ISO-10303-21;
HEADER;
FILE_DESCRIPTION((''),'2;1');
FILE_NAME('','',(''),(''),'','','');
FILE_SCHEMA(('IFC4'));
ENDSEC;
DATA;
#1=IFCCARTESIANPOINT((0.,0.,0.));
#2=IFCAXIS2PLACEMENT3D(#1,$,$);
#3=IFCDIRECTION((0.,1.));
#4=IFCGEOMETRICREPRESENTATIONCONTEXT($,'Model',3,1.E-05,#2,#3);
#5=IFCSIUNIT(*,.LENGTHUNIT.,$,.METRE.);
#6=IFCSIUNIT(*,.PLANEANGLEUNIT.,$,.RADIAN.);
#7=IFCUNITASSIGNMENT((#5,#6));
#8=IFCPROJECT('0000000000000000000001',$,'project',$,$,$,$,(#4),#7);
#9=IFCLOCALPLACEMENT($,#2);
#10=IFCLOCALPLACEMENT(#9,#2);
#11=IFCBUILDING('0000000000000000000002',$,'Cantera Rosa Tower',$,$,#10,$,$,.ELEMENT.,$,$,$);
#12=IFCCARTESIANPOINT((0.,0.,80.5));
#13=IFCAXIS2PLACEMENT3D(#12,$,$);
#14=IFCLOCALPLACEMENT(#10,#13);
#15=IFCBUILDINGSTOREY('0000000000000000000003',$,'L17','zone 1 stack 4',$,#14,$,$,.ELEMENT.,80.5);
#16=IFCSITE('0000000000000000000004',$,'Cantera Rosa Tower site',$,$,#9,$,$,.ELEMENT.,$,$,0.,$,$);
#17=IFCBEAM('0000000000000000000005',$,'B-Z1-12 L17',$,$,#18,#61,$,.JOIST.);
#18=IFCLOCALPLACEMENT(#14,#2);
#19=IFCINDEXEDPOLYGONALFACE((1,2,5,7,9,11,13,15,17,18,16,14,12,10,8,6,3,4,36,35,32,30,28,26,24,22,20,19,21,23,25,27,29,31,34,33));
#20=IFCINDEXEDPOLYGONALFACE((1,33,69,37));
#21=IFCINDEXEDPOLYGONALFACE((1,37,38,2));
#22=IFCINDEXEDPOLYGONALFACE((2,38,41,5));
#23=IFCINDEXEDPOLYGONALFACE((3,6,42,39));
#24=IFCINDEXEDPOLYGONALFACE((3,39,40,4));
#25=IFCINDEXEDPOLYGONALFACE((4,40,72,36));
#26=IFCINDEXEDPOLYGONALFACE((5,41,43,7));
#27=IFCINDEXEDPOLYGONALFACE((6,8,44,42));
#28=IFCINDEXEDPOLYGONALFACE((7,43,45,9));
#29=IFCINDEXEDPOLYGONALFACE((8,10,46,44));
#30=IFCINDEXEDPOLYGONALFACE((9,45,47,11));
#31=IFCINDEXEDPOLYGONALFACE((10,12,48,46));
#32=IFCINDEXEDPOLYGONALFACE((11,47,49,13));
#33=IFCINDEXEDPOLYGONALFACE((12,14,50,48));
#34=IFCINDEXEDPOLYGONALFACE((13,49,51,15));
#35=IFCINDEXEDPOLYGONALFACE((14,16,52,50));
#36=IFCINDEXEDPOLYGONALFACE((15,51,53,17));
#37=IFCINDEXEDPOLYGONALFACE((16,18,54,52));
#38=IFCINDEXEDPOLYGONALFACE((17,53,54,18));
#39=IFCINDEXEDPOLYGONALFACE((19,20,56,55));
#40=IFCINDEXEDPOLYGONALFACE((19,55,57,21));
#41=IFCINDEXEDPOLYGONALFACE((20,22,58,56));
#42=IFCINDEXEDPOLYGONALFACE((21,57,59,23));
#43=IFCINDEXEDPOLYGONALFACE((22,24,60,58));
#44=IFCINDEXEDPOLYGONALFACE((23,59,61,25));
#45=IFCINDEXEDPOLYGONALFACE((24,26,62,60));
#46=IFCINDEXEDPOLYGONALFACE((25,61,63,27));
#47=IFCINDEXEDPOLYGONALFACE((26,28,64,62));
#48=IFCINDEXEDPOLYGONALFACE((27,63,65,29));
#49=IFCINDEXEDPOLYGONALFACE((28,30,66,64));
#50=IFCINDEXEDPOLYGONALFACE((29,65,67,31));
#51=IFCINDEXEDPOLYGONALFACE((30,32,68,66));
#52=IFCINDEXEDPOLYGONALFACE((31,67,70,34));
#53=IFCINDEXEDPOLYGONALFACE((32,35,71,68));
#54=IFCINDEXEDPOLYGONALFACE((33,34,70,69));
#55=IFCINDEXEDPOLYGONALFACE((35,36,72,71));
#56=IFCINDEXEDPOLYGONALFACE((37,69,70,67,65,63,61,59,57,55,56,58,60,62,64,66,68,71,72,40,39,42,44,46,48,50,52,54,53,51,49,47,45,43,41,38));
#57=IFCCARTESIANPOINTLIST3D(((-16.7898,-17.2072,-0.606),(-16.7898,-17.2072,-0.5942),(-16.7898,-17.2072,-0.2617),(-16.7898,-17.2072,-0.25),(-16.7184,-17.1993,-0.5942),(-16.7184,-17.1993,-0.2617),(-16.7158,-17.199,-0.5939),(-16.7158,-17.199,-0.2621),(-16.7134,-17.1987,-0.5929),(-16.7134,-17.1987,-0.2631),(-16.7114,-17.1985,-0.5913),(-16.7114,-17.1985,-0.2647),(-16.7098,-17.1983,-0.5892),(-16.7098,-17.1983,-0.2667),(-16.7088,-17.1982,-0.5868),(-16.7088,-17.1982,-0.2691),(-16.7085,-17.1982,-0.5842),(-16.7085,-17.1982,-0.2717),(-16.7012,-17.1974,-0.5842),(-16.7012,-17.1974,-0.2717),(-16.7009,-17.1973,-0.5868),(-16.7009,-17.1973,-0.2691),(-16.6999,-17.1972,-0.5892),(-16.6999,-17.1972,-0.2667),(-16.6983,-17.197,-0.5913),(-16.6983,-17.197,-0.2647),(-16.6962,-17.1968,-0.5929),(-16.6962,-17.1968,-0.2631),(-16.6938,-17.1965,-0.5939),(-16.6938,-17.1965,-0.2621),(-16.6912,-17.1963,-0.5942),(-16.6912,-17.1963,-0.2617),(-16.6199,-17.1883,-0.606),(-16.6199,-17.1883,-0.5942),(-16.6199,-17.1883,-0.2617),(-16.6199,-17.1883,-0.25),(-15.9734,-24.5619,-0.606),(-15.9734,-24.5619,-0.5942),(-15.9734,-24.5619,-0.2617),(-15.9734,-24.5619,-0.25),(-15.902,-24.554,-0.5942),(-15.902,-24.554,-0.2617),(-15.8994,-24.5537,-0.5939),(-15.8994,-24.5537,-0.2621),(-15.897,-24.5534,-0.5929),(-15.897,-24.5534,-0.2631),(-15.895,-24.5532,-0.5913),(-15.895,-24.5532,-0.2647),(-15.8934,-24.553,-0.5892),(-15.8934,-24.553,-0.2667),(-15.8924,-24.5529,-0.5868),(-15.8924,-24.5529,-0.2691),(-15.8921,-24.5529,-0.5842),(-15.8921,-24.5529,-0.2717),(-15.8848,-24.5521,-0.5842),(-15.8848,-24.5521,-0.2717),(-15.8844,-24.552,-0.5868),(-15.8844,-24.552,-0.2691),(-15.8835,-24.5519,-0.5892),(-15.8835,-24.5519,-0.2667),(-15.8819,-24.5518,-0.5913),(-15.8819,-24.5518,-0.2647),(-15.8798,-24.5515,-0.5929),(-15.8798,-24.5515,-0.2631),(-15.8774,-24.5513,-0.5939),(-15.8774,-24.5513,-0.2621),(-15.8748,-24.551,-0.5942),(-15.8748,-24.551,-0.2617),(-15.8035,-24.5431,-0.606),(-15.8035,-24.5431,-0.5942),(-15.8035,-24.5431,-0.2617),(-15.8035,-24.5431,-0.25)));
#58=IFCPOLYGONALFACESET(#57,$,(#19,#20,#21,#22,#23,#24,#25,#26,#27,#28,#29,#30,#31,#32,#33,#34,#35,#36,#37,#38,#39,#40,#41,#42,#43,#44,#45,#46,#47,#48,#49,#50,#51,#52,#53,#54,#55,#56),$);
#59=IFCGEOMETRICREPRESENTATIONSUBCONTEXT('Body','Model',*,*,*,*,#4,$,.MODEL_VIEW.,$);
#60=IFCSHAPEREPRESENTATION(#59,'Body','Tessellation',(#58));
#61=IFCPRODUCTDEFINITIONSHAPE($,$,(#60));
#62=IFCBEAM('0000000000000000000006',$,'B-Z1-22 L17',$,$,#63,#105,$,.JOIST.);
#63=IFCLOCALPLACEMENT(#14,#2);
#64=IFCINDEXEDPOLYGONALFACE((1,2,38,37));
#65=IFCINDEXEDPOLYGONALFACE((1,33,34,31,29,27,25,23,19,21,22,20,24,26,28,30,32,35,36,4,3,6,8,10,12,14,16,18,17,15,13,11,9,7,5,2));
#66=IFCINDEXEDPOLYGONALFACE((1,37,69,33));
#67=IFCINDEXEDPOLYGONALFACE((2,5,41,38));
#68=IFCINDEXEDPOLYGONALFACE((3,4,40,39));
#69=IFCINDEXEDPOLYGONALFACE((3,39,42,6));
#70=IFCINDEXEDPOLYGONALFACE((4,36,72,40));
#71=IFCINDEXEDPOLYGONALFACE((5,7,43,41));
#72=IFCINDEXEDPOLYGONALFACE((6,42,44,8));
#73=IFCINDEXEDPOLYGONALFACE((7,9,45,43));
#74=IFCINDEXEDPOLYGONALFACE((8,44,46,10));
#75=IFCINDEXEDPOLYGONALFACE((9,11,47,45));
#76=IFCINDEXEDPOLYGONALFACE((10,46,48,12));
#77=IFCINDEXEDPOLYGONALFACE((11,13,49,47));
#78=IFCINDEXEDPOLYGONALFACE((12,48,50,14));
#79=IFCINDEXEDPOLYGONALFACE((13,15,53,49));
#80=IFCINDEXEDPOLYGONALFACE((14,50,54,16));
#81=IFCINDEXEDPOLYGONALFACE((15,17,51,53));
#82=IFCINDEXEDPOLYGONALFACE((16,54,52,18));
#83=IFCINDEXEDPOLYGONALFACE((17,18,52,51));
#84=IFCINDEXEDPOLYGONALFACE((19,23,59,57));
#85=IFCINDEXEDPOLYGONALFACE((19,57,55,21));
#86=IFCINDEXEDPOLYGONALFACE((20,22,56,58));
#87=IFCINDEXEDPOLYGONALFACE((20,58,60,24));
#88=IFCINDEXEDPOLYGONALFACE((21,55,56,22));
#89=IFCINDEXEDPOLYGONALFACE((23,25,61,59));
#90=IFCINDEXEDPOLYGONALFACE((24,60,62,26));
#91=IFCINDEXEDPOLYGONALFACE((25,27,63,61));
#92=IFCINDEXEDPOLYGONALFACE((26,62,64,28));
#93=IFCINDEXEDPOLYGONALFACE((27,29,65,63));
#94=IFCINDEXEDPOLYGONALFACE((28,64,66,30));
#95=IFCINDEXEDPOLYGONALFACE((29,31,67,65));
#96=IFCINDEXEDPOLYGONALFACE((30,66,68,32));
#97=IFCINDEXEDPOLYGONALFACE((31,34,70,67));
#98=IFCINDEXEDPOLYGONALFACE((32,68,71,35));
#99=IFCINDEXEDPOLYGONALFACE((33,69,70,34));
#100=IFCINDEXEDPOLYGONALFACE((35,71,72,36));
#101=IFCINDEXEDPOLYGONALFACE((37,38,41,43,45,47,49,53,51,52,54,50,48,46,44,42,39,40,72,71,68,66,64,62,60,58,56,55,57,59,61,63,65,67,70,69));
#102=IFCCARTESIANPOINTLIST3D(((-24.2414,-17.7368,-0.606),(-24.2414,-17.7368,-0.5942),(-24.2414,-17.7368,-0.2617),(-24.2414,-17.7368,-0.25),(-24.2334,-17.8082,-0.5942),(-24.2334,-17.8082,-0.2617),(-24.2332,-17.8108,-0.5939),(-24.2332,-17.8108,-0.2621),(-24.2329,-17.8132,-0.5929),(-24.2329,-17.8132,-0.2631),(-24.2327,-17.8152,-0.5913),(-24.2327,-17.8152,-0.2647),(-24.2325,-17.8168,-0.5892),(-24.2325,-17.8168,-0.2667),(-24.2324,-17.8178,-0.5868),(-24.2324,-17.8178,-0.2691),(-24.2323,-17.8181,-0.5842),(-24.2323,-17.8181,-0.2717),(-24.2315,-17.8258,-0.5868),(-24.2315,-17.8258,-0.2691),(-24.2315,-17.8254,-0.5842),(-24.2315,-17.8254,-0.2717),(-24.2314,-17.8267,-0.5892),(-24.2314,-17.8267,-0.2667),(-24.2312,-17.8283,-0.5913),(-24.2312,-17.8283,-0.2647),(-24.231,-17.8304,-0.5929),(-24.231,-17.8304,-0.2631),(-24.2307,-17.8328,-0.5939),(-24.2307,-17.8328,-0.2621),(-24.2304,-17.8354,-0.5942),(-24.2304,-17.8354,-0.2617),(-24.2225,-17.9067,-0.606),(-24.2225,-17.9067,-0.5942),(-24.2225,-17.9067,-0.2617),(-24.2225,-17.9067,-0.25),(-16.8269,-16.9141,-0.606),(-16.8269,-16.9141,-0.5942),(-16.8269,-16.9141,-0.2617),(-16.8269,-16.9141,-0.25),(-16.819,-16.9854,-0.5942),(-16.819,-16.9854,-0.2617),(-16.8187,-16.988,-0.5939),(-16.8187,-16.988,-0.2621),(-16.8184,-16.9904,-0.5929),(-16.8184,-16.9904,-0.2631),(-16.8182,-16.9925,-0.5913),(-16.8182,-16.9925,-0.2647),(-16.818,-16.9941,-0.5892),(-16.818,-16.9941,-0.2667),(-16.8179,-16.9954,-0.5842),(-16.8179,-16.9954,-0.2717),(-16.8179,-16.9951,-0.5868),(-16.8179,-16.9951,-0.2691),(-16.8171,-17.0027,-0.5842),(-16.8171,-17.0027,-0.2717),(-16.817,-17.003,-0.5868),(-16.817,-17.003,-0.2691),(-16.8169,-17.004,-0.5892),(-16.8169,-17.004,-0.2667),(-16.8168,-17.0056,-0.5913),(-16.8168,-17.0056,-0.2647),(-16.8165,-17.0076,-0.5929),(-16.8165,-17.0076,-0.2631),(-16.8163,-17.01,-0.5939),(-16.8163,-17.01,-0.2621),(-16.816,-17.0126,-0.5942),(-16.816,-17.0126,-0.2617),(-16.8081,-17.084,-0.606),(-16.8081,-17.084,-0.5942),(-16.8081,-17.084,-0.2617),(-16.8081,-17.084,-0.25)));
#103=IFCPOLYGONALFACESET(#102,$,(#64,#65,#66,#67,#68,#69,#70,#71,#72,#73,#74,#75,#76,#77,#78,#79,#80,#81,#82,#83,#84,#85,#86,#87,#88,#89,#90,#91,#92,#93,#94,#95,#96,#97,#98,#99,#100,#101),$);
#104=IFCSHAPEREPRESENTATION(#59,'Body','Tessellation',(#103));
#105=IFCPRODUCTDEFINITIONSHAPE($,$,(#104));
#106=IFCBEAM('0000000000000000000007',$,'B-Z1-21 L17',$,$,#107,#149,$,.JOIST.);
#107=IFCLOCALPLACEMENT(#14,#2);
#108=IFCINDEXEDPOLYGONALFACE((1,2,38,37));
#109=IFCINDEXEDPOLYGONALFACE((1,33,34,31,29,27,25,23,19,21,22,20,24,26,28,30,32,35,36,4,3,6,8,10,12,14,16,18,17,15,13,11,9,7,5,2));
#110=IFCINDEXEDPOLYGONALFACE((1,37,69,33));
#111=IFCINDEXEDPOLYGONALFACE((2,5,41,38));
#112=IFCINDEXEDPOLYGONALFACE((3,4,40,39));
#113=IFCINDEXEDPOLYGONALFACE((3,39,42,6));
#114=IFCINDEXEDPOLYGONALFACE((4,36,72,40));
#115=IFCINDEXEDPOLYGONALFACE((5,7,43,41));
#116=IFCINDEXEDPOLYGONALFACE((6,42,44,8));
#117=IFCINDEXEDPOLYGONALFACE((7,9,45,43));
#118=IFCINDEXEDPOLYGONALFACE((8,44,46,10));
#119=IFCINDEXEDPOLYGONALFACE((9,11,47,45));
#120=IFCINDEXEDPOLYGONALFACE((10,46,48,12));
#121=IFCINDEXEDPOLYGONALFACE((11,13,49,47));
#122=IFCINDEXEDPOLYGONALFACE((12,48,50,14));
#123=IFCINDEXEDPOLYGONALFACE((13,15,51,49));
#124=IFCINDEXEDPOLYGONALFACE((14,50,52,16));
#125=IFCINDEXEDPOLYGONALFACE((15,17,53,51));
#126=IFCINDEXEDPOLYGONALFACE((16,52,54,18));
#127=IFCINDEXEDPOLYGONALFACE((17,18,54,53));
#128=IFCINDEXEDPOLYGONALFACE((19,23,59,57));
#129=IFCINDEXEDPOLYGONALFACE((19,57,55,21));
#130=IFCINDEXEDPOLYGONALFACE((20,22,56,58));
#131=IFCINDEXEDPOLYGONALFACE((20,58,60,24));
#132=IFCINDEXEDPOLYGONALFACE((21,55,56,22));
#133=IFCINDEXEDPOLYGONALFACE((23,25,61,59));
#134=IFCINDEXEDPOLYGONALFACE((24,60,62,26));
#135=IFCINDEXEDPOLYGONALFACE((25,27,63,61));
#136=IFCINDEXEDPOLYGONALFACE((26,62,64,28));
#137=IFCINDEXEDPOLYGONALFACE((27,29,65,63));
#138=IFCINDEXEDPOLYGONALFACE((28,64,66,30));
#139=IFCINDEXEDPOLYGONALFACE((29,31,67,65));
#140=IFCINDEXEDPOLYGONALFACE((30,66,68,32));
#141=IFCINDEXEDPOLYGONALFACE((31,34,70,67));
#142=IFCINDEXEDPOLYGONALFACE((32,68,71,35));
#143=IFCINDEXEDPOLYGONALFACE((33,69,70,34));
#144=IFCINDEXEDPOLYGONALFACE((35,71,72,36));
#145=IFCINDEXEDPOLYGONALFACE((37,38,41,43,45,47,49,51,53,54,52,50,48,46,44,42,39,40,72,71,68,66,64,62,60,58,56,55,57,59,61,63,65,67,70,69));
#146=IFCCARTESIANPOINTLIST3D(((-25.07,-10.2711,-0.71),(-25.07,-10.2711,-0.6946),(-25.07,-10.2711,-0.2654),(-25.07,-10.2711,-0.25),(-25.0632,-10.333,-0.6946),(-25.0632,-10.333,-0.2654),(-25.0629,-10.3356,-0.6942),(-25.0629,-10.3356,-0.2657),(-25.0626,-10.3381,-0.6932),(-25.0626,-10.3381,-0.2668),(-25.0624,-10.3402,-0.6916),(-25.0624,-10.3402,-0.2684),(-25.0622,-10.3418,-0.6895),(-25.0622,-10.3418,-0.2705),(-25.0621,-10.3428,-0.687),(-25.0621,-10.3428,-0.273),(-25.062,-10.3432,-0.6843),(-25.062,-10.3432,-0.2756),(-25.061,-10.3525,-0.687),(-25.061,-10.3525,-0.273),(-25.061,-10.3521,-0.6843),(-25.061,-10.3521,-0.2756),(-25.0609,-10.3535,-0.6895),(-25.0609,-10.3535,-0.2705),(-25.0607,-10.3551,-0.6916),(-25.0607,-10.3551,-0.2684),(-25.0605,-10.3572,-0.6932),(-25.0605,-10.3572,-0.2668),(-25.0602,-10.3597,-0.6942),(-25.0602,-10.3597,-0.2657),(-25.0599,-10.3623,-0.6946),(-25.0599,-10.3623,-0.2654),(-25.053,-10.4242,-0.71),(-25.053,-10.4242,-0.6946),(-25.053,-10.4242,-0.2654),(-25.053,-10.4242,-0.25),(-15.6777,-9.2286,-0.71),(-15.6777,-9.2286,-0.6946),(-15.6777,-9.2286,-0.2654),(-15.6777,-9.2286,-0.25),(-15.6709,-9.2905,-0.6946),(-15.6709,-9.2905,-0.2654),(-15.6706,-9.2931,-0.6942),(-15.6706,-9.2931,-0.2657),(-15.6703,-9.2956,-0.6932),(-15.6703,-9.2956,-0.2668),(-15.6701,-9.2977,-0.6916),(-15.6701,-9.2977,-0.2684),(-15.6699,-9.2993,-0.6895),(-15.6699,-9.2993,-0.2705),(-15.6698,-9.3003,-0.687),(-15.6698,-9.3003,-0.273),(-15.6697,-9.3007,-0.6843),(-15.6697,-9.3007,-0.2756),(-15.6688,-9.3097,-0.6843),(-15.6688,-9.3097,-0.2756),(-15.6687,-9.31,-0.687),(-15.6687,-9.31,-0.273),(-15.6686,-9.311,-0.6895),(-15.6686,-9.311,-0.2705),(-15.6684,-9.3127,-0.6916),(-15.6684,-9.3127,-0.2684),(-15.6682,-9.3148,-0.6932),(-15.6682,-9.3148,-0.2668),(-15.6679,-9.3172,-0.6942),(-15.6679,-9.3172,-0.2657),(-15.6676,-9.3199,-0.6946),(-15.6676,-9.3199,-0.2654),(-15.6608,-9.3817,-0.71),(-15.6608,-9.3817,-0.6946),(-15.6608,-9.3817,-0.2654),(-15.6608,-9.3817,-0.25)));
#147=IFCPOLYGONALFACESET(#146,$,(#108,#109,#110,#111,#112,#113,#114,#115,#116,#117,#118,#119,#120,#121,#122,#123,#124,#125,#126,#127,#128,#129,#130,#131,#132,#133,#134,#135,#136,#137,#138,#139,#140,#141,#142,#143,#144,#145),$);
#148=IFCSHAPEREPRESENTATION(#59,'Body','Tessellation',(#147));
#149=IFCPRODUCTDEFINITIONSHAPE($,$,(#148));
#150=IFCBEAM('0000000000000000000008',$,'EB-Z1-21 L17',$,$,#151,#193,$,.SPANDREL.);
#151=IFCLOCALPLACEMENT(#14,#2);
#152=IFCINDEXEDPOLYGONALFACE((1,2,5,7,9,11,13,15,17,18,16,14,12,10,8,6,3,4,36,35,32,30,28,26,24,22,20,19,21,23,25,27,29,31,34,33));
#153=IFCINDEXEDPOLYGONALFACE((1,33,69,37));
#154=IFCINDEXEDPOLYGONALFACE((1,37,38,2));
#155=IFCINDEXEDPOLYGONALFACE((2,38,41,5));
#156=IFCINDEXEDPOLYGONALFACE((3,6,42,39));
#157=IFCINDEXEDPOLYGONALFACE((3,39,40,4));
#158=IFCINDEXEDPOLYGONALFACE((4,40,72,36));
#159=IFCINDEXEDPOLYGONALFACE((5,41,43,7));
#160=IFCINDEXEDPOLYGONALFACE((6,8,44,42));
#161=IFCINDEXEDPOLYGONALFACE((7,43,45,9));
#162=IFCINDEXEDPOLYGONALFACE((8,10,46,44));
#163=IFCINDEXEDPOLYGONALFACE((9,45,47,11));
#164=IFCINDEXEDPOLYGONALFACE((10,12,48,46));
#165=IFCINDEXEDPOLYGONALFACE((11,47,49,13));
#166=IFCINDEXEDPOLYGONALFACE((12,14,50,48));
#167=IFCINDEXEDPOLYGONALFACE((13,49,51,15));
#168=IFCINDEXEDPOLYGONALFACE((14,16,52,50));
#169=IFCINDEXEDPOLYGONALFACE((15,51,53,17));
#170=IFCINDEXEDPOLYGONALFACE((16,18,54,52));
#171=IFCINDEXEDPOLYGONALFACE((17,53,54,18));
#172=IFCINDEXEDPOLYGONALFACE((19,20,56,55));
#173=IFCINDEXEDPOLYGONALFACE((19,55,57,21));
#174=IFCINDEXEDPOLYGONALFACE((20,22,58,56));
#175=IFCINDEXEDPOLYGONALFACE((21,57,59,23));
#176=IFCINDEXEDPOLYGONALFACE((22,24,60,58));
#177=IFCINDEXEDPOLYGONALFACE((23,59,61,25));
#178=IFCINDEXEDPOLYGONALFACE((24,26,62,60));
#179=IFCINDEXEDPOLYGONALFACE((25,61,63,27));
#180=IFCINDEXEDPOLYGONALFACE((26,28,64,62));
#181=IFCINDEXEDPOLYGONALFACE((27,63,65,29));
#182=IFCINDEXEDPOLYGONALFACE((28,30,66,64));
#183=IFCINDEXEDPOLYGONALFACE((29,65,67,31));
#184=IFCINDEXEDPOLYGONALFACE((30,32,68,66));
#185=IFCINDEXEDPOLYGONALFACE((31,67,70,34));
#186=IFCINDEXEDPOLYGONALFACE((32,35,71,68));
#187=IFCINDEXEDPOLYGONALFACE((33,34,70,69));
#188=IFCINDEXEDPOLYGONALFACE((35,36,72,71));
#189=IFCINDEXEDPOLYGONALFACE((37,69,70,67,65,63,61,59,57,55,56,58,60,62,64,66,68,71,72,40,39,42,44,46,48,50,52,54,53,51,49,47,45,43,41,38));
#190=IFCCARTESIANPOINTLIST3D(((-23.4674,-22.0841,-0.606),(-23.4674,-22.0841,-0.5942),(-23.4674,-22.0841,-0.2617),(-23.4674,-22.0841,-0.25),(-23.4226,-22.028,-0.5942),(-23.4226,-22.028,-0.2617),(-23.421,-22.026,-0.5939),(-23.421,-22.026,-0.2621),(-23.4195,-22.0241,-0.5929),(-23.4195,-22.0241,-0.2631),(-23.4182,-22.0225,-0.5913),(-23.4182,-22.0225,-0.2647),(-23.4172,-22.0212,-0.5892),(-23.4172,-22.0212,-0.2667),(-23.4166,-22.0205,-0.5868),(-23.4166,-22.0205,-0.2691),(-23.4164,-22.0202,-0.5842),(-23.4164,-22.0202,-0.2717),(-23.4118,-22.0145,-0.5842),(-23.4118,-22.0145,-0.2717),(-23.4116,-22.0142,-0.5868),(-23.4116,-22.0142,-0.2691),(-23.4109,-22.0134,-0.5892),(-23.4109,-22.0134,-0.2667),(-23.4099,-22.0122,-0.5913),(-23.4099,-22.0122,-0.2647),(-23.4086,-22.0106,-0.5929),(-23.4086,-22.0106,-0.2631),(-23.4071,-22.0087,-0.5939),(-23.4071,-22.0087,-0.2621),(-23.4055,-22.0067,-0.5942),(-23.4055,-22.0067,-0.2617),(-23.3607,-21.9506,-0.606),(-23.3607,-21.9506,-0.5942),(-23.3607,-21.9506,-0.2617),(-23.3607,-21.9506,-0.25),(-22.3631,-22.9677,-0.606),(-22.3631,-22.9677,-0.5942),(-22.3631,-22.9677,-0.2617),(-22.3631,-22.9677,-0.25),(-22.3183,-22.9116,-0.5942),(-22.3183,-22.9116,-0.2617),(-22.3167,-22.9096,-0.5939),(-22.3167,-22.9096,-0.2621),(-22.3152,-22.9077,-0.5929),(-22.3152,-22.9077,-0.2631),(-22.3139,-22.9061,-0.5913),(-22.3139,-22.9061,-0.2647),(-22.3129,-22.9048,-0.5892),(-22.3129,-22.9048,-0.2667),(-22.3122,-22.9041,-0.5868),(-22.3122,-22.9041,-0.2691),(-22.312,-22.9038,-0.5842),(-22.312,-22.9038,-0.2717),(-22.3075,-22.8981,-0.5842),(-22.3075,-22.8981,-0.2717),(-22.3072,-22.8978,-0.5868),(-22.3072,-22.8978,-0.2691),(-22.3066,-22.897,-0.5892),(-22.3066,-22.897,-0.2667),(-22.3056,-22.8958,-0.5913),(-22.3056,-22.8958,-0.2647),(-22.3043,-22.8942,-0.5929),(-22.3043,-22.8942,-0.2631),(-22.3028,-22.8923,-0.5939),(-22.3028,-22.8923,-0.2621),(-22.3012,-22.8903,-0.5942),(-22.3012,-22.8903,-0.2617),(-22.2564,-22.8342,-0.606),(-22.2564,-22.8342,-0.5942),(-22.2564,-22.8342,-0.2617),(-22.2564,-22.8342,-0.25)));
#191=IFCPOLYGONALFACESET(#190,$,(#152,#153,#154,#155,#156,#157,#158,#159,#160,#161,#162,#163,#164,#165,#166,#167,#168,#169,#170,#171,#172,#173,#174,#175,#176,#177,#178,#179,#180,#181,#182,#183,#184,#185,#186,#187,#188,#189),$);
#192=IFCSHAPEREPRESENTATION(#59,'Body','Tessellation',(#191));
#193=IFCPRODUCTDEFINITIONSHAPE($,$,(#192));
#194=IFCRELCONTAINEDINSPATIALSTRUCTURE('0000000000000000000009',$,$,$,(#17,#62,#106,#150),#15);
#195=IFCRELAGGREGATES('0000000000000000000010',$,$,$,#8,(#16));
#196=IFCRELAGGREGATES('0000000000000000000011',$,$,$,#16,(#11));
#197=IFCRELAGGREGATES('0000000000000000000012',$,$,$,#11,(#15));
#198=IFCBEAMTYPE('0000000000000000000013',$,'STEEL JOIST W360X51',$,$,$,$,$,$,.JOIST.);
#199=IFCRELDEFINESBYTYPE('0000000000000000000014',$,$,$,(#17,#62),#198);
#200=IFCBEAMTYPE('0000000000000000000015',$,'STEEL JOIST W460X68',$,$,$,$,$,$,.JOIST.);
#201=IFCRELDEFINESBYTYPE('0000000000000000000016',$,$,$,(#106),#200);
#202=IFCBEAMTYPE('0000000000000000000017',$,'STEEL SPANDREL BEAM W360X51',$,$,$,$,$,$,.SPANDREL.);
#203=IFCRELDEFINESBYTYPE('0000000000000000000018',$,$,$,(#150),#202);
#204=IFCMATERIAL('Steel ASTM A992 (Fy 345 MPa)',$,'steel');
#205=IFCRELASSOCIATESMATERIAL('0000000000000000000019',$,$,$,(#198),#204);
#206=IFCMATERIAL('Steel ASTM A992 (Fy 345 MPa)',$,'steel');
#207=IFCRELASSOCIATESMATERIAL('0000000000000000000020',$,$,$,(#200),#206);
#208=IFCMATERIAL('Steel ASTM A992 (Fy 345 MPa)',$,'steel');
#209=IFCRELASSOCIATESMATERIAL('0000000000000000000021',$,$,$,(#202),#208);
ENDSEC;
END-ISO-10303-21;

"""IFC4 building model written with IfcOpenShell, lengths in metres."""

from ifc_helpers import new_model, si_unit, direction, frame, origin, origin_2d, place, context, subcontext, project, spatial, i_section, extrude, material, material_profile, profile_set, type_object, element, save


model = new_model("IFC4")

# Units and contexts
model_context = context("Model", 3, precision=1e-05, world=origin(), true_north=direction((0.0, 1.0)))
body_context = subcontext(model_context, "Body", "Model", "MODEL_VIEW")
ifc_project = project(units=[si_unit("LENGTHUNIT", "METRE"), si_unit("PLANEANGLEUNIT", "RADIAN")], contexts=[model_context])

# Site, building, storey
site_placement = place(None, origin())
site = spatial("IfcSite", under=ifc_project, at=site_placement, Name="Cantera Rosa Tower site", CompositionType="ELEMENT", RefElevation=0.0)
building_placement = place(site_placement, origin())
building = spatial("IfcBuilding", under=site, at=building_placement, Name="Cantera Rosa Tower", CompositionType="ELEMENT")
storey_placement = place(building_placement, frame((0.0, 0.0, 80.5)))
storey = spatial("IfcBuildingStorey", under=building, at=storey_placement, Name="L17", Description="zone 1 stack 4", CompositionType="ELEMENT", Elevation=80.5)

# Beams
ifc_material_1 = material(Name="Steel ASTM A992 (Fy 345 MPa)", Category="steel")
ifc_material_profile_1 = material_profile(ifc_material_1, i_section(OverallWidth=0.1709, OverallDepth=0.356, WebThickness=0.0073, FlangeThickness=0.0117, FilletRadius=0.01, at=origin_2d()), Name="W360X51")
ifc_profile_set_1 = profile_set([ifc_material_profile_1], Name="Steel ASTM A992 (Fy 345 MPa)")
beam_type_1 = type_object("IfcBeamType", Name="STEEL JOIST W360X51", PredefinedType="JOIST", material=ifc_profile_set_1)
beam_1_placement = place(storey_placement, frame((-15.8884, -24.5525, -0.428), z_axis=(-0.110327, 0.993895, 0.0), x_axis=(-0.993895, -0.110327, 0.0)))
element("IfcBeam", 1, at=beam_1_placement, inside=storey, type_object=beam_type_1, Name="B-Z1-12 L17", PredefinedType="JOIST", context=body_context, shape_type="SweptSolid", body=[
    extrude(i_section(OverallWidth=0.1709, OverallDepth=0.356, WebThickness=0.0073, FlangeThickness=0.0117, FilletRadius=0.01, at=origin_2d()), origin(), (0.0, 0.0, 1.0), 7.3999),
])
beam_2_placement = place(storey_placement, frame((-24.2319, -17.8218, -0.428), z_axis=(0.9939, 0.110288, 0.0), x_axis=(-0.110288, 0.9939, 0.0)))
element("IfcBeam", 2, at=beam_2_placement, inside=storey, type_object=beam_type_1, Name="B-Z1-22 L17", PredefinedType="JOIST", context=body_context, shape_type="SweptSolid", body=[
    extrude(i_section(OverallWidth=0.1709, OverallDepth=0.356, WebThickness=0.0073, FlangeThickness=0.0117, FilletRadius=0.01, at=origin_2d()), origin(), (0.0, 0.0, 1.0), 7.46),
])
ifc_material_2 = material(Name="Steel ASTM A992 (Fy 345 MPa)", Category="steel")
ifc_material_profile_2 = material_profile(ifc_material_2, i_section(OverallWidth=0.1541, OverallDepth=0.46, WebThickness=0.009, FlangeThickness=0.0154, FilletRadius=0.0103, at=origin_2d()), Name="W460X68")
ifc_profile_set_2 = profile_set([ifc_material_profile_2], Name="Steel ASTM A992 (Fy 345 MPa)")
beam_type_2 = type_object("IfcBeamType", Name="STEEL JOIST W460X68", PredefinedType="JOIST", material=ifc_profile_set_2)
beam_3_placement = place(storey_placement, frame((-25.0615, -10.3477, -0.48), z_axis=(0.993897, 0.110315, 0.0), x_axis=(-0.110315, 0.993897, 0.0)))
element("IfcBeam", 3, at=beam_3_placement, inside=storey, type_object=beam_type_2, Name="B-Z1-21 L17", PredefinedType="JOIST", context=body_context, shape_type="SweptSolid", body=[
    extrude(i_section(OverallWidth=0.1541, OverallDepth=0.46, WebThickness=0.009, FlangeThickness=0.0154, FilletRadius=0.0103, at=origin_2d()), origin(), (0.0, 0.0, 1.0), 9.45),
])
ifc_material_3 = material(Name="Steel ASTM A992 (Fy 345 MPa)", Category="steel")
ifc_material_profile_3 = material_profile(ifc_material_3, i_section(OverallWidth=0.1709, OverallDepth=0.356, WebThickness=0.0073, FlangeThickness=0.0117, FilletRadius=0.01, at=origin_2d()), Name="W360X51")
ifc_profile_set_3 = profile_set([ifc_material_profile_3], Name="Steel ASTM A992 (Fy 345 MPa)")
beam_type_3 = type_object("IfcBeamType", Name="STEEL SPANDREL BEAM W360X51", PredefinedType="SPANDREL", material=ifc_profile_set_3)
for number, where, z_axis, x_axis, name in (
    (4, (-23.4141, -22.0173, -0.428), (0.780818, -0.624758, 0.0), (0.624758, 0.780818, 0.0), "EB-Z1-21 L17"),
):
    element("IfcBeam", number, at=place(storey_placement, frame(where, z_axis=z_axis, x_axis=x_axis)), inside=storey, type_object=beam_type_3, Name=name, PredefinedType="SPANDREL", context=body_context, shape_type="SweptSolid", body=[
        extrude(i_section(OverallWidth=0.1709, OverallDepth=0.356, WebThickness=0.0073, FlangeThickness=0.0117, FilletRadius=0.01, at=origin_2d()), origin(), (0.0, 0.0, 1.0), 1.4143),
    ])

save(model, "model.ifc")
